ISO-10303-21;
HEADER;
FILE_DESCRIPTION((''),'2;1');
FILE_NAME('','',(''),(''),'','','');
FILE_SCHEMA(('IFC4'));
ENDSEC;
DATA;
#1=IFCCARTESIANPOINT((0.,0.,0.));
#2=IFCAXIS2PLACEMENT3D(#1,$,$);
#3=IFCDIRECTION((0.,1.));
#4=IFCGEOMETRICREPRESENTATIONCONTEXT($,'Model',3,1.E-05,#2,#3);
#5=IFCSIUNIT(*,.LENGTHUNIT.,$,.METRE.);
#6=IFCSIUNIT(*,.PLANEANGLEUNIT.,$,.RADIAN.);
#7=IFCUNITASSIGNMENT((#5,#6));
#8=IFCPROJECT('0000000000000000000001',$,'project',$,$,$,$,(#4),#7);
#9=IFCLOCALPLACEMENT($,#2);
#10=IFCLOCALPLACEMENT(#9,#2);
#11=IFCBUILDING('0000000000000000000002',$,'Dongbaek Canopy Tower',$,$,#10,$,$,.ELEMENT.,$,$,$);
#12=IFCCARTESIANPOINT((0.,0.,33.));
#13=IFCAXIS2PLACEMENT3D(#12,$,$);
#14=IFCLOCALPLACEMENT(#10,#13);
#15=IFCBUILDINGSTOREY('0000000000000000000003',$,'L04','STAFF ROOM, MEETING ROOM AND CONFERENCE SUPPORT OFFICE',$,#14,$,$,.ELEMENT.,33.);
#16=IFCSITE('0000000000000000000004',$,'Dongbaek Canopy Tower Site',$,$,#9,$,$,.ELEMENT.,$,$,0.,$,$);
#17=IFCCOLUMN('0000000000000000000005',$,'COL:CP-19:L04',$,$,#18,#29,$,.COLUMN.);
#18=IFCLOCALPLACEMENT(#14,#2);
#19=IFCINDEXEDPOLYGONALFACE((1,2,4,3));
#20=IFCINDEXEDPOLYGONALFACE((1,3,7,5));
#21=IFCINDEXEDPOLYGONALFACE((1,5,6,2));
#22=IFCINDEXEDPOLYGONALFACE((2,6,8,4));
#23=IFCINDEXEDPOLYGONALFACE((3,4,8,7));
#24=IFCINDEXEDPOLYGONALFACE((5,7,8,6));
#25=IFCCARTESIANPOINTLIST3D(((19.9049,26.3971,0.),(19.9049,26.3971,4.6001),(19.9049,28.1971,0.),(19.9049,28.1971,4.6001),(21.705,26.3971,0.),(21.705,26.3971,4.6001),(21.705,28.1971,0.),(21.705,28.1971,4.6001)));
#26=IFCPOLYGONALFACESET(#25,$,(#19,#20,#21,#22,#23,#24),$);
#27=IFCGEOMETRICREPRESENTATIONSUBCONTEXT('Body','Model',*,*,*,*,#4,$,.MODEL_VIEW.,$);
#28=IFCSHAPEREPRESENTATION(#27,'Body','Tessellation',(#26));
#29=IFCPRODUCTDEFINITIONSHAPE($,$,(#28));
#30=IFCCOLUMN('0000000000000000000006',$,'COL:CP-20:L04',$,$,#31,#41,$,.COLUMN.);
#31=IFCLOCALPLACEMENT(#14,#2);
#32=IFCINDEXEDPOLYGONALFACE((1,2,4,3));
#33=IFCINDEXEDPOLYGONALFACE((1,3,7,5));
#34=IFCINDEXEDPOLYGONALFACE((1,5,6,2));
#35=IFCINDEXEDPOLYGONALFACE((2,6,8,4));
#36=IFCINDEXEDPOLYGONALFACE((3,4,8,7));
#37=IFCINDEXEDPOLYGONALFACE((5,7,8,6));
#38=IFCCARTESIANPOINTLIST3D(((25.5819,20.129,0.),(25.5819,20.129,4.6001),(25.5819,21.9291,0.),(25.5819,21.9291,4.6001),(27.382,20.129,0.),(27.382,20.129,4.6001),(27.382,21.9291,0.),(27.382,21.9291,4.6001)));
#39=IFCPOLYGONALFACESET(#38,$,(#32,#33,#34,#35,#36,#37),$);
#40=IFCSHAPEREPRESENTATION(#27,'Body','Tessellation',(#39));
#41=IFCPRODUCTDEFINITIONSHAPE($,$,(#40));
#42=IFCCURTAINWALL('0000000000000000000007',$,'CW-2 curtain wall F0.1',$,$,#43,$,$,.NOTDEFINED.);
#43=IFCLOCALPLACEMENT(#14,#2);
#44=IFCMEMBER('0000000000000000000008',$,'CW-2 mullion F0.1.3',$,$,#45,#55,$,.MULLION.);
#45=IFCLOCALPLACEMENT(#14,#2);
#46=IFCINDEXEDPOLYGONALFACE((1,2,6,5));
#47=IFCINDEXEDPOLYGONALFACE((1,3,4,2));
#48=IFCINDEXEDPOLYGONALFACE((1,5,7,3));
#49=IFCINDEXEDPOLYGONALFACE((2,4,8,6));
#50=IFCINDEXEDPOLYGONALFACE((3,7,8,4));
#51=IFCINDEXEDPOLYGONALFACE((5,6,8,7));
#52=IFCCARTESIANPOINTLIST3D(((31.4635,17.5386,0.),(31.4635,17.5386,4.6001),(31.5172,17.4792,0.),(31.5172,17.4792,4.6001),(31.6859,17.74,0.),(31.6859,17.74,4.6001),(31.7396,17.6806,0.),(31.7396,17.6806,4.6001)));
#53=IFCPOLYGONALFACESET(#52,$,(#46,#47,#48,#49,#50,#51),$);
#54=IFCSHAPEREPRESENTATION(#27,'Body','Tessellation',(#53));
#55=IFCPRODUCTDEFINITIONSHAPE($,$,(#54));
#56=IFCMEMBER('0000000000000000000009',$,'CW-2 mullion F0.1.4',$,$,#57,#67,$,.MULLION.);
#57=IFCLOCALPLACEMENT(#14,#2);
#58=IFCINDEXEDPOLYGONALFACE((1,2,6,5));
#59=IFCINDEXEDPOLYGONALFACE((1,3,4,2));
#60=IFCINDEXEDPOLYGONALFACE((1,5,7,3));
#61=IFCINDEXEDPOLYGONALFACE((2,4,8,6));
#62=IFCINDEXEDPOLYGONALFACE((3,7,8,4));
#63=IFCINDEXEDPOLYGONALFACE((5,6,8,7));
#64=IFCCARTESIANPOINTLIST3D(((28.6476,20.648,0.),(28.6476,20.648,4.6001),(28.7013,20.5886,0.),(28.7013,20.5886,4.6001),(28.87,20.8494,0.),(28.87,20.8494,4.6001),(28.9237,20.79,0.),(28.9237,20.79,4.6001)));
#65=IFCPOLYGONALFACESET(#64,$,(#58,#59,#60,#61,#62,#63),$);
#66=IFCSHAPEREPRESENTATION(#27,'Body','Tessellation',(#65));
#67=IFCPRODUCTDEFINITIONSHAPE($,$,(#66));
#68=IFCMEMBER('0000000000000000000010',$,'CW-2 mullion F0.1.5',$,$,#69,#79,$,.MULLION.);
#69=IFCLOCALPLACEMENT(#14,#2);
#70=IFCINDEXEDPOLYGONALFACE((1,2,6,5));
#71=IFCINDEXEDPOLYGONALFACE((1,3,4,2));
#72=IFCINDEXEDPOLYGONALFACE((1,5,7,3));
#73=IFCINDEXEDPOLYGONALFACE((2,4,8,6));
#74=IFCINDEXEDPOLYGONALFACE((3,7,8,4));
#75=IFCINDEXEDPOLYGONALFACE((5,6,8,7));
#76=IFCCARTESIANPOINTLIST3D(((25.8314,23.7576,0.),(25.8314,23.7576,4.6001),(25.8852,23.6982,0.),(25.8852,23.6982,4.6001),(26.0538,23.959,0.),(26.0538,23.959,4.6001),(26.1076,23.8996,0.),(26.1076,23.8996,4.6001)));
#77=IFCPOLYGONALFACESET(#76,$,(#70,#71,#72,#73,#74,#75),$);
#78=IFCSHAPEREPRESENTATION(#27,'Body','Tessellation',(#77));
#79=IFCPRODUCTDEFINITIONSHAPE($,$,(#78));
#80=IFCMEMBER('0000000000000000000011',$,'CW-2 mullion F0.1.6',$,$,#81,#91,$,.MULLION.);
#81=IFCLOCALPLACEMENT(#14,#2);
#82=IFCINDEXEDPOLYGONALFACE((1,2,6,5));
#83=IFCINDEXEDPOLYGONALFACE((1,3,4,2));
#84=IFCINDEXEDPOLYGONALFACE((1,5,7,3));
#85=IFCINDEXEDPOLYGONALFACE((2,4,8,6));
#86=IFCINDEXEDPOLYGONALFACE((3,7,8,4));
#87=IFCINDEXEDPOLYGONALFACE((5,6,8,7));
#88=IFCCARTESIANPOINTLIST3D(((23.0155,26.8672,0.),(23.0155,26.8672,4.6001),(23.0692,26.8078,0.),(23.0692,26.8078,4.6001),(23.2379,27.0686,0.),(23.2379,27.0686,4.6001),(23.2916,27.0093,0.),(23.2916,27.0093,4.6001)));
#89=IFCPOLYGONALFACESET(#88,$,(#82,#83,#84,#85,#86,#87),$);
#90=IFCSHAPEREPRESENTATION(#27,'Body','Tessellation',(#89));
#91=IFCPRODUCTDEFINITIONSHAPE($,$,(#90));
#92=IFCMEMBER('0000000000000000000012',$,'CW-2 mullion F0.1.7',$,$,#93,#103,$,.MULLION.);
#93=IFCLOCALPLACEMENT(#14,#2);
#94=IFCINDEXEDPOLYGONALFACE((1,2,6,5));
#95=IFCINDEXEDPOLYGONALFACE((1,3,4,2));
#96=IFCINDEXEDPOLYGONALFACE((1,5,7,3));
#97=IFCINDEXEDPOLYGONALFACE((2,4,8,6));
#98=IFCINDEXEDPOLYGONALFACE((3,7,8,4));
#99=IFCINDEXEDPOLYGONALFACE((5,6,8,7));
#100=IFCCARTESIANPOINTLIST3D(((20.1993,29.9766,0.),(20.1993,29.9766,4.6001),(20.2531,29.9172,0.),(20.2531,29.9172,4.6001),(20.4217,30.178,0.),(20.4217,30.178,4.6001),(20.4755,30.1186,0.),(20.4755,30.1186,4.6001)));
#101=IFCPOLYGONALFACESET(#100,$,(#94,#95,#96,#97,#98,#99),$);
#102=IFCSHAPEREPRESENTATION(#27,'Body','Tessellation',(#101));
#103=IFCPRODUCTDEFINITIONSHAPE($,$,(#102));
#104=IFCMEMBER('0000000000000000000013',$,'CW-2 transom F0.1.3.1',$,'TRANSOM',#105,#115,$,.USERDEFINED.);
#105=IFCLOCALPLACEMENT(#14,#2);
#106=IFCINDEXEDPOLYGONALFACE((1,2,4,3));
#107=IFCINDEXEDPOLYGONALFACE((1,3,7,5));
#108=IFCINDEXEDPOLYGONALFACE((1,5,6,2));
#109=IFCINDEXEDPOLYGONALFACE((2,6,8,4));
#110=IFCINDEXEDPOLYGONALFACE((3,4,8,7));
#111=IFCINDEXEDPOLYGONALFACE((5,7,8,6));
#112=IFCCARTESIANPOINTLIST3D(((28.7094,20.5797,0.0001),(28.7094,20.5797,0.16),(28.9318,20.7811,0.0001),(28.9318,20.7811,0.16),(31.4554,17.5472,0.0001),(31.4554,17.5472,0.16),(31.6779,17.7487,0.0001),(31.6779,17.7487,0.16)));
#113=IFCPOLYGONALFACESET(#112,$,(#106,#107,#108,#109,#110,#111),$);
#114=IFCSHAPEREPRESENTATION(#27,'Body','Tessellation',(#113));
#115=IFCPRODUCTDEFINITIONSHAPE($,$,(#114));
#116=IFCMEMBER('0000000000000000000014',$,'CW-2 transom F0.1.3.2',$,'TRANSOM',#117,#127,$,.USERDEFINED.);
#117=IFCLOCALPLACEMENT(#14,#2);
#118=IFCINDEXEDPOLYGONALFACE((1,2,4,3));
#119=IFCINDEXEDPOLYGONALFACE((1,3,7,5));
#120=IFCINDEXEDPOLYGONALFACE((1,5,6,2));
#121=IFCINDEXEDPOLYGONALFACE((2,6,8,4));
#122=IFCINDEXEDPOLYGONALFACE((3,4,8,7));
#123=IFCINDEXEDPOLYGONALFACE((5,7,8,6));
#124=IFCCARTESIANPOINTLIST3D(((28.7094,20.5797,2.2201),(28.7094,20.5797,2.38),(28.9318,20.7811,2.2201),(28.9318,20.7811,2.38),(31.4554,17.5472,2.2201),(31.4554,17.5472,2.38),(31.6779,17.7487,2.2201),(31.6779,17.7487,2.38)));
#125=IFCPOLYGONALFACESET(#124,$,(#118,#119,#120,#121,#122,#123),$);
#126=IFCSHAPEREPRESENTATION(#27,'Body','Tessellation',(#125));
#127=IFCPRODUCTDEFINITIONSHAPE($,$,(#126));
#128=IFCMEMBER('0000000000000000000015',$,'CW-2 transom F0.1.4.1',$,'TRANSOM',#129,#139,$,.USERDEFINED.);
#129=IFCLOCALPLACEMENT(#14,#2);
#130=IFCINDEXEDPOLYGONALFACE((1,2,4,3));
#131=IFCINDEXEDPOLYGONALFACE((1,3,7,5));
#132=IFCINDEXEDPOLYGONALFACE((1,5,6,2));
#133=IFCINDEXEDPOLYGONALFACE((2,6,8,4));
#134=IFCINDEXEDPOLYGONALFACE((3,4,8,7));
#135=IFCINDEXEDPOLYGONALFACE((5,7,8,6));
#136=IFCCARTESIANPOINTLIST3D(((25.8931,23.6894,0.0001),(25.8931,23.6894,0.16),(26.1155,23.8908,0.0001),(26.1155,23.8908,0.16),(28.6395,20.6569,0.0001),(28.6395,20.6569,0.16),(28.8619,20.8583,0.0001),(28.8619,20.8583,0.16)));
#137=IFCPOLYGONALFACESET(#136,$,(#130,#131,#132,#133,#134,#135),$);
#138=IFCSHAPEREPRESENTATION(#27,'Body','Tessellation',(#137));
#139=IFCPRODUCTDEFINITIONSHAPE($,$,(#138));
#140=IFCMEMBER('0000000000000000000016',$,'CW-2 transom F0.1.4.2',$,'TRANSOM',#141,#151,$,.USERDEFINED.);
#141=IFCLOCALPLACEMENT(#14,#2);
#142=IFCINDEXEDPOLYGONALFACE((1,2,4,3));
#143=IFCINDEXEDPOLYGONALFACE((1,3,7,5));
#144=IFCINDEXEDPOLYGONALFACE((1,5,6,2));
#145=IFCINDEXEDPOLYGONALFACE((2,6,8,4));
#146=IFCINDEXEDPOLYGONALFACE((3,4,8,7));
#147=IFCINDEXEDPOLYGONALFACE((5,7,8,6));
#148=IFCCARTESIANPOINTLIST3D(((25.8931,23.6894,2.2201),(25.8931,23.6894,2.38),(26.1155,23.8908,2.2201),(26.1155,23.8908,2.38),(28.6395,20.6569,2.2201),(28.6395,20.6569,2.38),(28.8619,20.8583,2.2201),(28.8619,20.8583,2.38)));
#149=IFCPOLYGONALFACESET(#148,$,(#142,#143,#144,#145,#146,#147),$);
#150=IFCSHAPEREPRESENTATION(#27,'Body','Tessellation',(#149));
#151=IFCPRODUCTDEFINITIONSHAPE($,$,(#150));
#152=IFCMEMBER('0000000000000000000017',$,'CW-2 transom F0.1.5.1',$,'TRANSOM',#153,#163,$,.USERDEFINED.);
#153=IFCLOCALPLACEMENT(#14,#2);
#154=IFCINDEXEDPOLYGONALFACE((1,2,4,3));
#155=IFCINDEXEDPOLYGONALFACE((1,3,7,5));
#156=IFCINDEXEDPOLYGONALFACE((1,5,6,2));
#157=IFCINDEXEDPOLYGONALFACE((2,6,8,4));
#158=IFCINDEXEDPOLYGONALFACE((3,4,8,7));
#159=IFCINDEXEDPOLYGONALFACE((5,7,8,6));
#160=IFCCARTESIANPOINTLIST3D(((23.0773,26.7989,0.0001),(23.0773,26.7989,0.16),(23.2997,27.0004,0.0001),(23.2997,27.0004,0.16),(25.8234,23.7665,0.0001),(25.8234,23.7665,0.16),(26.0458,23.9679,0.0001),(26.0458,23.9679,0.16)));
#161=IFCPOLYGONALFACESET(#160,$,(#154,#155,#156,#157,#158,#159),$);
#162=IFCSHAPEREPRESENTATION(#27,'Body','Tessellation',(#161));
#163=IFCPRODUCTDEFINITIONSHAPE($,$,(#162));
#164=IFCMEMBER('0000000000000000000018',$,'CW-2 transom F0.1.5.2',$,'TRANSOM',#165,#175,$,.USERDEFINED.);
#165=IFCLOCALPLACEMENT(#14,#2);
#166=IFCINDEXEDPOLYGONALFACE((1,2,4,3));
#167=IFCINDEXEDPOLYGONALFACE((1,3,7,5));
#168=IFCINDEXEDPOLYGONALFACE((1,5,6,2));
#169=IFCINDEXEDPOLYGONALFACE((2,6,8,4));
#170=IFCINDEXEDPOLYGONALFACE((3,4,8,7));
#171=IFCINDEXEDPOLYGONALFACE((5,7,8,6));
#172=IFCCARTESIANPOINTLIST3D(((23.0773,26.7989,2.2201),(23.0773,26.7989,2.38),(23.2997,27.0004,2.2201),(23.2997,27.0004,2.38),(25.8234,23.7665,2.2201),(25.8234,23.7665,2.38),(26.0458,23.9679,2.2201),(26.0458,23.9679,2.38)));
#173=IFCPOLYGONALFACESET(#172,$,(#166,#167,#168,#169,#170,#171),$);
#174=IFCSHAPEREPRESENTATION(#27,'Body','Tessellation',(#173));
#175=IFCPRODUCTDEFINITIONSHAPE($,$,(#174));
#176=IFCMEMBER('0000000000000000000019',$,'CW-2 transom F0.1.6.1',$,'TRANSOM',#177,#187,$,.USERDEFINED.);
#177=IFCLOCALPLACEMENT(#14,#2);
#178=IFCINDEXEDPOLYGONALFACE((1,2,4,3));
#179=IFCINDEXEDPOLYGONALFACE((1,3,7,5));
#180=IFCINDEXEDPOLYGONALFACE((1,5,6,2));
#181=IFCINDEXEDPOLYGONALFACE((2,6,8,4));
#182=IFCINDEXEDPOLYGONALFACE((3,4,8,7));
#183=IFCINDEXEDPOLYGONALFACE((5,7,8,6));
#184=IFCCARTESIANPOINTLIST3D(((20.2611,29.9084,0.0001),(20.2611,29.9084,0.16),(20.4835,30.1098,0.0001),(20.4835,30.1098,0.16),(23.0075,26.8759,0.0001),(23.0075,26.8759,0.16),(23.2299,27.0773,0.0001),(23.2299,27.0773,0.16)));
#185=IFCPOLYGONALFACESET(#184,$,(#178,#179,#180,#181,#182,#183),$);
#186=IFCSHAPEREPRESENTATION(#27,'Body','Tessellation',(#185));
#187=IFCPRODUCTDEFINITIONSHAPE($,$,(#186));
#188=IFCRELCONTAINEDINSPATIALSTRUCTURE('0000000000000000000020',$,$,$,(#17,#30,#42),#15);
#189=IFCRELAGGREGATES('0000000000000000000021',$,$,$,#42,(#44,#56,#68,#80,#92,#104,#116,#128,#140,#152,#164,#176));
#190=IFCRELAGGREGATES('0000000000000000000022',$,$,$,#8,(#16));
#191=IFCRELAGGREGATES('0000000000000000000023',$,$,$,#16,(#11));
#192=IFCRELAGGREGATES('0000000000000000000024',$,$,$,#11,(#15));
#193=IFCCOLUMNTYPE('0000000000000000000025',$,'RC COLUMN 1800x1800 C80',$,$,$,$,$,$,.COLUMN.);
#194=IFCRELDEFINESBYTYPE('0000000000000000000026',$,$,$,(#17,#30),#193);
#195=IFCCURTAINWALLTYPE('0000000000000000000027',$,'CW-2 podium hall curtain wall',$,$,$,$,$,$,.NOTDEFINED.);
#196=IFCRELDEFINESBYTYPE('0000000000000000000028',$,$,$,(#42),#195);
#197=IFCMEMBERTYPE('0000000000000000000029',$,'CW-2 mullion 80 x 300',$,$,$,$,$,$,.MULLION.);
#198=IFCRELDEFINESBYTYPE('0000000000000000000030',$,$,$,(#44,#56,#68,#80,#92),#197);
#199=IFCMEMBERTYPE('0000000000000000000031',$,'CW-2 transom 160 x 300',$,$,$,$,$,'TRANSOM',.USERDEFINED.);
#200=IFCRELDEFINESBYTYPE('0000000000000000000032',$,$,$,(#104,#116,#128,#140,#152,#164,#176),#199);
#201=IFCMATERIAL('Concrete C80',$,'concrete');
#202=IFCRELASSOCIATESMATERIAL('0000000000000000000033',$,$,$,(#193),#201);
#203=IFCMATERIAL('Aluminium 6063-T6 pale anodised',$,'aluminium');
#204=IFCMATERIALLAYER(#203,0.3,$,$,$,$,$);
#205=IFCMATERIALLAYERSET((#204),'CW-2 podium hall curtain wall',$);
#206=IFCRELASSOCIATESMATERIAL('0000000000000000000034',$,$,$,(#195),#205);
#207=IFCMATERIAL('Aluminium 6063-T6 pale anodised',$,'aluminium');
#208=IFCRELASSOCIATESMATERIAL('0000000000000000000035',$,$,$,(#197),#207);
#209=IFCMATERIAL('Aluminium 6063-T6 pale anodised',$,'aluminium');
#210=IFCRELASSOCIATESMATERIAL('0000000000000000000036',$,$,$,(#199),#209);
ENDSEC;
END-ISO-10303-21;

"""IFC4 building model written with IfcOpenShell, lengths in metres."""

from ifc_helpers import new_model, si_unit, direction, frame, origin, origin_2d, place, context, subcontext, project, spatial, rectangle, extrude, material, layer, layer_set, material_profile, profile_set, type_object, element, aggregate, save


model = new_model("IFC4")

# Units and contexts
model_context = context("Model", 3, precision=1e-05, world=origin(), true_north=direction((0.0, 1.0)))
body_context = subcontext(model_context, "Body", "Model", "MODEL_VIEW")
ifc_project = project(units=[si_unit("LENGTHUNIT", "METRE"), si_unit("PLANEANGLEUNIT", "RADIAN")], contexts=[model_context])

# Site, building, storey
site_placement = place(None, origin())
site = spatial("IfcSite", under=ifc_project, at=site_placement, Name="Dongbaek Canopy Tower Site", CompositionType="ELEMENT", RefElevation=0.0)
building_placement = place(site_placement, origin())
building = spatial("IfcBuilding", under=site, at=building_placement, Name="Dongbaek Canopy Tower", CompositionType="ELEMENT")
storey_placement = place(building_placement, frame((0.0, 0.0, 33.0)))
storey = spatial("IfcBuildingStorey", under=building, at=storey_placement, Name="L04", Description="STAFF ROOM, MEETING ROOM AND CONFERENCE SUPPORT OFFICE", CompositionType="ELEMENT", Elevation=33.0)

# Columns
ifc_material_1 = material(Name="Concrete C80", Category="concrete")
ifc_material_profile_1 = material_profile(ifc_material_1, rectangle(XDim=1.8, YDim=1.8, at=origin_2d()), Name="RC COLUMN 1800x1800 C80")
ifc_profile_set_1 = profile_set([ifc_material_profile_1], Name="Concrete C80")
column_type = type_object("IfcColumnType", Name="RC COLUMN 1800x1800 C80", PredefinedType="COLUMN", material=ifc_profile_set_1)
for number, where, z_axis, x_axis, name in (
    (1, (20.8049, 27.2971, 0.0), (0.0, 0.0, 1.0), (1.0, 0.0, 0.0), "COL:CP-19:L04"),
    (2, (26.4819, 21.0291, 0.0), (0.0, 0.0, 1.0), (1.0, 0.0, 0.0), "COL:CP-20:L04"),
):
    element("IfcColumn", number, at=place(storey_placement, frame(where, z_axis=z_axis, x_axis=x_axis)), inside=storey, type_object=column_type, Name=name, PredefinedType="COLUMN", context=body_context, shape_type="SweptSolid", body=[
        extrude(rectangle(XDim=1.8, YDim=1.8, at=origin_2d()), origin(), (0.0, 0.0, 1.0), 4.6001),
    ])

# Curtain wall, members
ifc_material_2 = material(Name="Aluminium 6063-T6 pale anodised", Category="aluminium")
ifc_layer_1 = layer(ifc_material_2, 0.3)
ifc_layer_set_1 = layer_set([ifc_layer_1], Name="CW-2 podium hall curtain wall")
curtain_wall_type = type_object("IfcCurtainWallType", Name="CW-2 podium hall curtain wall", PredefinedType="NOTDEFINED", material=ifc_layer_set_1)
curtain_wall_placement = place(storey_placement, origin())
curtain_wall = element("IfcCurtainWall", 3, at=curtain_wall_placement, inside=storey, type_object=curtain_wall_type, Name="CW-2 curtain wall F0.1", PredefinedType="NOTDEFINED")
ifc_material_3 = material(Name="Aluminium 6063-T6 pale anodised", Category="aluminium")
ifc_material_profile_2 = material_profile(ifc_material_3, rectangle(XDim=0.3, YDim=0.0801, at=origin_2d()), Name="CW-2 mullion 80 x 300")
ifc_profile_set_2 = profile_set([ifc_material_profile_2], Name="Aluminium 6063-T6 pale anodised")
member_type_1 = type_object("IfcMemberType", Name="CW-2 mullion 80 x 300", PredefinedType="MULLION", material=ifc_profile_set_2)
member_1_placement = place(storey_placement, frame((31.6016, 17.6096, 0.0), z_axis=(0.0, 0.0, 1.0), x_axis=(0.741222, 0.67126, 0.0)))
member_1 = element("IfcMember", 4, at=member_1_placement, type_object=member_type_1, Name="CW-2 mullion F0.1.3", PredefinedType="MULLION", context=body_context, shape_type="SweptSolid", body=[
    extrude(rectangle(XDim=0.3, YDim=0.0801, at=origin_2d()), origin(), (0.0, 0.0, 1.0), 4.6001),
])
member_2_placement = place(storey_placement, frame((28.7856, 20.719, 0.0), z_axis=(0.0, 0.0, 1.0), x_axis=(0.741222, 0.67126, 0.0)))
member_2 = element("IfcMember", 5, at=member_2_placement, type_object=member_type_1, Name="CW-2 mullion F0.1.4", PredefinedType="MULLION", context=body_context, shape_type="SweptSolid", body=[
    extrude(rectangle(XDim=0.3, YDim=0.0801, at=origin_2d()), origin(), (0.0, 0.0, 1.0), 4.6001),
])
member_3_placement = place(storey_placement, frame((25.9695, 23.8286, 0.0), z_axis=(0.0, 0.0, 1.0), x_axis=(0.741222, 0.67126, 0.0)))
member_3 = element("IfcMember", 6, at=member_3_placement, type_object=member_type_1, Name="CW-2 mullion F0.1.5", PredefinedType="MULLION", context=body_context, shape_type="SweptSolid", body=[
    extrude(rectangle(XDim=0.3, YDim=0.0801, at=origin_2d()), origin(), (0.0, 0.0, 1.0), 4.6001),
])
member_4_placement = place(storey_placement, frame((23.1536, 26.9382, 0.0), z_axis=(0.0, 0.0, 1.0), x_axis=(0.741222, 0.67126, 0.0)))
member_4 = element("IfcMember", 7, at=member_4_placement, type_object=member_type_1, Name="CW-2 mullion F0.1.6", PredefinedType="MULLION", context=body_context, shape_type="SweptSolid", body=[
    extrude(rectangle(XDim=0.3, YDim=0.0801, at=origin_2d()), origin(), (0.0, 0.0, 1.0), 4.6001),
])
member_5_placement = place(storey_placement, frame((20.3374, 30.0476, 0.0), z_axis=(0.0, 0.0, 1.0), x_axis=(0.741222, 0.67126, 0.0)))
member_5 = element("IfcMember", 8, at=member_5_placement, type_object=member_type_1, Name="CW-2 mullion F0.1.7", PredefinedType="MULLION", context=body_context, shape_type="SweptSolid", body=[
    extrude(rectangle(XDim=0.3, YDim=0.0801, at=origin_2d()), origin(), (0.0, 0.0, 1.0), 4.6001),
])
ifc_material_4 = material(Name="Aluminium 6063-T6 pale anodised", Category="aluminium")
ifc_material_profile_3 = material_profile(ifc_material_4, rectangle(XDim=0.3, YDim=0.1599, at=origin_2d()), Name="CW-2 transom 160 x 300")
ifc_profile_set_3 = profile_set([ifc_material_profile_3], Name="Aluminium 6063-T6 pale anodised")
member_type_2 = type_object("IfcMemberType", Name="CW-2 transom 160 x 300", ElementType="TRANSOM", PredefinedType="USERDEFINED", material=ifc_profile_set_3)
member_6_placement = place(storey_placement, frame((31.5667, 17.6479, 0.0801), z_axis=(-0.67124, 0.74124, 0.0), x_axis=(-0.74124, -0.67124, 0.0)))
member_6 = element("IfcMember", 9, at=member_6_placement, type_object=member_type_2, Name="CW-2 transom F0.1.3.1", ObjectType="TRANSOM", PredefinedType="USERDEFINED", context=body_context, shape_type="SweptSolid", body=[
    extrude(rectangle(XDim=0.3, YDim=0.1599, at=origin_2d()), origin(), (0.0, 0.0, 1.0), 4.0911),
])
member_7_placement = place(storey_placement, frame((31.5667, 17.6479, 2.3), z_axis=(-0.67124, 0.74124, 0.0), x_axis=(-0.74124, -0.67124, 0.0)))
member_7 = element("IfcMember", 10, at=member_7_placement, type_object=member_type_2, Name="CW-2 transom F0.1.3.2", ObjectType="TRANSOM", PredefinedType="USERDEFINED", context=body_context, shape_type="SweptSolid", body=[
    extrude(rectangle(XDim=0.3, YDim=0.1599, at=origin_2d()), origin(), (0.0, 0.0, 1.0), 4.0911),
])
member_8_placement = place(storey_placement, frame((28.7507, 20.7576, 0.0801), z_axis=(-0.671273, 0.741211, 0.0), x_axis=(-0.741211, -0.671273, 0.0)))
member_8 = element("IfcMember", 11, at=member_8_placement, type_object=member_type_2, Name="CW-2 transom F0.1.4.1", ObjectType="TRANSOM", PredefinedType="USERDEFINED", context=body_context, shape_type="SweptSolid", body=[
    extrude(rectangle(XDim=0.3, YDim=0.1599, at=origin_2d()), origin(), (0.0, 0.0, 1.0), 4.0913),
])
member_9_placement = place(storey_placement, frame((28.7507, 20.7576, 2.3), z_axis=(-0.671273, 0.741211, 0.0), x_axis=(-0.741211, -0.671273, 0.0)))
member_9 = element("IfcMember", 12, at=member_9_placement, type_object=member_type_2, Name="CW-2 transom F0.1.4.2", ObjectType="TRANSOM", PredefinedType="USERDEFINED", context=body_context, shape_type="SweptSolid", body=[
    extrude(rectangle(XDim=0.3, YDim=0.1599, at=origin_2d()), origin(), (0.0, 0.0, 1.0), 4.0913),
])
member_10_placement = place(storey_placement, frame((25.9346, 23.8672, 0.0801), z_axis=(-0.67124, 0.74124, 0.0), x_axis=(-0.74124, -0.67124, 0.0)))
member_10 = element("IfcMember", 13, at=member_10_placement, type_object=member_type_2, Name="CW-2 transom F0.1.5.1", ObjectType="TRANSOM", PredefinedType="USERDEFINED", context=body_context, shape_type="SweptSolid", body=[
    extrude(rectangle(XDim=0.3, YDim=0.1599, at=origin_2d()), origin(), (0.0, 0.0, 1.0), 4.0911),
])
member_11_placement = place(storey_placement, frame((25.9346, 23.8672, 2.3), z_axis=(-0.67124, 0.74124, 0.0), x_axis=(-0.74124, -0.67124, 0.0)))
member_11 = element("IfcMember", 14, at=member_11_placement, type_object=member_type_2, Name="CW-2 transom F0.1.5.2", ObjectType="TRANSOM", PredefinedType="USERDEFINED", context=body_context, shape_type="SweptSolid", body=[
    extrude(rectangle(XDim=0.3, YDim=0.1599, at=origin_2d()), origin(), (0.0, 0.0, 1.0), 4.0911),
])
member_12_placement = place(storey_placement, frame((23.1187, 26.9766, 0.0801), z_axis=(-0.671273, 0.741211, 0.0), x_axis=(-0.741211, -0.671273, 0.0)))
member_12 = element("IfcMember", 15, at=member_12_placement, type_object=member_type_2, Name="CW-2 transom F0.1.6.1", ObjectType="TRANSOM", PredefinedType="USERDEFINED", context=body_context, shape_type="SweptSolid", body=[
    extrude(rectangle(XDim=0.3, YDim=0.1599, at=origin_2d()), origin(), (0.0, 0.0, 1.0), 4.0913),
])
aggregate(curtain_wall, [member_1, member_2, member_3, member_4, member_5, member_6, member_7, member_8, member_9, member_10, member_11, member_12])

save(model, "model.ifc")
